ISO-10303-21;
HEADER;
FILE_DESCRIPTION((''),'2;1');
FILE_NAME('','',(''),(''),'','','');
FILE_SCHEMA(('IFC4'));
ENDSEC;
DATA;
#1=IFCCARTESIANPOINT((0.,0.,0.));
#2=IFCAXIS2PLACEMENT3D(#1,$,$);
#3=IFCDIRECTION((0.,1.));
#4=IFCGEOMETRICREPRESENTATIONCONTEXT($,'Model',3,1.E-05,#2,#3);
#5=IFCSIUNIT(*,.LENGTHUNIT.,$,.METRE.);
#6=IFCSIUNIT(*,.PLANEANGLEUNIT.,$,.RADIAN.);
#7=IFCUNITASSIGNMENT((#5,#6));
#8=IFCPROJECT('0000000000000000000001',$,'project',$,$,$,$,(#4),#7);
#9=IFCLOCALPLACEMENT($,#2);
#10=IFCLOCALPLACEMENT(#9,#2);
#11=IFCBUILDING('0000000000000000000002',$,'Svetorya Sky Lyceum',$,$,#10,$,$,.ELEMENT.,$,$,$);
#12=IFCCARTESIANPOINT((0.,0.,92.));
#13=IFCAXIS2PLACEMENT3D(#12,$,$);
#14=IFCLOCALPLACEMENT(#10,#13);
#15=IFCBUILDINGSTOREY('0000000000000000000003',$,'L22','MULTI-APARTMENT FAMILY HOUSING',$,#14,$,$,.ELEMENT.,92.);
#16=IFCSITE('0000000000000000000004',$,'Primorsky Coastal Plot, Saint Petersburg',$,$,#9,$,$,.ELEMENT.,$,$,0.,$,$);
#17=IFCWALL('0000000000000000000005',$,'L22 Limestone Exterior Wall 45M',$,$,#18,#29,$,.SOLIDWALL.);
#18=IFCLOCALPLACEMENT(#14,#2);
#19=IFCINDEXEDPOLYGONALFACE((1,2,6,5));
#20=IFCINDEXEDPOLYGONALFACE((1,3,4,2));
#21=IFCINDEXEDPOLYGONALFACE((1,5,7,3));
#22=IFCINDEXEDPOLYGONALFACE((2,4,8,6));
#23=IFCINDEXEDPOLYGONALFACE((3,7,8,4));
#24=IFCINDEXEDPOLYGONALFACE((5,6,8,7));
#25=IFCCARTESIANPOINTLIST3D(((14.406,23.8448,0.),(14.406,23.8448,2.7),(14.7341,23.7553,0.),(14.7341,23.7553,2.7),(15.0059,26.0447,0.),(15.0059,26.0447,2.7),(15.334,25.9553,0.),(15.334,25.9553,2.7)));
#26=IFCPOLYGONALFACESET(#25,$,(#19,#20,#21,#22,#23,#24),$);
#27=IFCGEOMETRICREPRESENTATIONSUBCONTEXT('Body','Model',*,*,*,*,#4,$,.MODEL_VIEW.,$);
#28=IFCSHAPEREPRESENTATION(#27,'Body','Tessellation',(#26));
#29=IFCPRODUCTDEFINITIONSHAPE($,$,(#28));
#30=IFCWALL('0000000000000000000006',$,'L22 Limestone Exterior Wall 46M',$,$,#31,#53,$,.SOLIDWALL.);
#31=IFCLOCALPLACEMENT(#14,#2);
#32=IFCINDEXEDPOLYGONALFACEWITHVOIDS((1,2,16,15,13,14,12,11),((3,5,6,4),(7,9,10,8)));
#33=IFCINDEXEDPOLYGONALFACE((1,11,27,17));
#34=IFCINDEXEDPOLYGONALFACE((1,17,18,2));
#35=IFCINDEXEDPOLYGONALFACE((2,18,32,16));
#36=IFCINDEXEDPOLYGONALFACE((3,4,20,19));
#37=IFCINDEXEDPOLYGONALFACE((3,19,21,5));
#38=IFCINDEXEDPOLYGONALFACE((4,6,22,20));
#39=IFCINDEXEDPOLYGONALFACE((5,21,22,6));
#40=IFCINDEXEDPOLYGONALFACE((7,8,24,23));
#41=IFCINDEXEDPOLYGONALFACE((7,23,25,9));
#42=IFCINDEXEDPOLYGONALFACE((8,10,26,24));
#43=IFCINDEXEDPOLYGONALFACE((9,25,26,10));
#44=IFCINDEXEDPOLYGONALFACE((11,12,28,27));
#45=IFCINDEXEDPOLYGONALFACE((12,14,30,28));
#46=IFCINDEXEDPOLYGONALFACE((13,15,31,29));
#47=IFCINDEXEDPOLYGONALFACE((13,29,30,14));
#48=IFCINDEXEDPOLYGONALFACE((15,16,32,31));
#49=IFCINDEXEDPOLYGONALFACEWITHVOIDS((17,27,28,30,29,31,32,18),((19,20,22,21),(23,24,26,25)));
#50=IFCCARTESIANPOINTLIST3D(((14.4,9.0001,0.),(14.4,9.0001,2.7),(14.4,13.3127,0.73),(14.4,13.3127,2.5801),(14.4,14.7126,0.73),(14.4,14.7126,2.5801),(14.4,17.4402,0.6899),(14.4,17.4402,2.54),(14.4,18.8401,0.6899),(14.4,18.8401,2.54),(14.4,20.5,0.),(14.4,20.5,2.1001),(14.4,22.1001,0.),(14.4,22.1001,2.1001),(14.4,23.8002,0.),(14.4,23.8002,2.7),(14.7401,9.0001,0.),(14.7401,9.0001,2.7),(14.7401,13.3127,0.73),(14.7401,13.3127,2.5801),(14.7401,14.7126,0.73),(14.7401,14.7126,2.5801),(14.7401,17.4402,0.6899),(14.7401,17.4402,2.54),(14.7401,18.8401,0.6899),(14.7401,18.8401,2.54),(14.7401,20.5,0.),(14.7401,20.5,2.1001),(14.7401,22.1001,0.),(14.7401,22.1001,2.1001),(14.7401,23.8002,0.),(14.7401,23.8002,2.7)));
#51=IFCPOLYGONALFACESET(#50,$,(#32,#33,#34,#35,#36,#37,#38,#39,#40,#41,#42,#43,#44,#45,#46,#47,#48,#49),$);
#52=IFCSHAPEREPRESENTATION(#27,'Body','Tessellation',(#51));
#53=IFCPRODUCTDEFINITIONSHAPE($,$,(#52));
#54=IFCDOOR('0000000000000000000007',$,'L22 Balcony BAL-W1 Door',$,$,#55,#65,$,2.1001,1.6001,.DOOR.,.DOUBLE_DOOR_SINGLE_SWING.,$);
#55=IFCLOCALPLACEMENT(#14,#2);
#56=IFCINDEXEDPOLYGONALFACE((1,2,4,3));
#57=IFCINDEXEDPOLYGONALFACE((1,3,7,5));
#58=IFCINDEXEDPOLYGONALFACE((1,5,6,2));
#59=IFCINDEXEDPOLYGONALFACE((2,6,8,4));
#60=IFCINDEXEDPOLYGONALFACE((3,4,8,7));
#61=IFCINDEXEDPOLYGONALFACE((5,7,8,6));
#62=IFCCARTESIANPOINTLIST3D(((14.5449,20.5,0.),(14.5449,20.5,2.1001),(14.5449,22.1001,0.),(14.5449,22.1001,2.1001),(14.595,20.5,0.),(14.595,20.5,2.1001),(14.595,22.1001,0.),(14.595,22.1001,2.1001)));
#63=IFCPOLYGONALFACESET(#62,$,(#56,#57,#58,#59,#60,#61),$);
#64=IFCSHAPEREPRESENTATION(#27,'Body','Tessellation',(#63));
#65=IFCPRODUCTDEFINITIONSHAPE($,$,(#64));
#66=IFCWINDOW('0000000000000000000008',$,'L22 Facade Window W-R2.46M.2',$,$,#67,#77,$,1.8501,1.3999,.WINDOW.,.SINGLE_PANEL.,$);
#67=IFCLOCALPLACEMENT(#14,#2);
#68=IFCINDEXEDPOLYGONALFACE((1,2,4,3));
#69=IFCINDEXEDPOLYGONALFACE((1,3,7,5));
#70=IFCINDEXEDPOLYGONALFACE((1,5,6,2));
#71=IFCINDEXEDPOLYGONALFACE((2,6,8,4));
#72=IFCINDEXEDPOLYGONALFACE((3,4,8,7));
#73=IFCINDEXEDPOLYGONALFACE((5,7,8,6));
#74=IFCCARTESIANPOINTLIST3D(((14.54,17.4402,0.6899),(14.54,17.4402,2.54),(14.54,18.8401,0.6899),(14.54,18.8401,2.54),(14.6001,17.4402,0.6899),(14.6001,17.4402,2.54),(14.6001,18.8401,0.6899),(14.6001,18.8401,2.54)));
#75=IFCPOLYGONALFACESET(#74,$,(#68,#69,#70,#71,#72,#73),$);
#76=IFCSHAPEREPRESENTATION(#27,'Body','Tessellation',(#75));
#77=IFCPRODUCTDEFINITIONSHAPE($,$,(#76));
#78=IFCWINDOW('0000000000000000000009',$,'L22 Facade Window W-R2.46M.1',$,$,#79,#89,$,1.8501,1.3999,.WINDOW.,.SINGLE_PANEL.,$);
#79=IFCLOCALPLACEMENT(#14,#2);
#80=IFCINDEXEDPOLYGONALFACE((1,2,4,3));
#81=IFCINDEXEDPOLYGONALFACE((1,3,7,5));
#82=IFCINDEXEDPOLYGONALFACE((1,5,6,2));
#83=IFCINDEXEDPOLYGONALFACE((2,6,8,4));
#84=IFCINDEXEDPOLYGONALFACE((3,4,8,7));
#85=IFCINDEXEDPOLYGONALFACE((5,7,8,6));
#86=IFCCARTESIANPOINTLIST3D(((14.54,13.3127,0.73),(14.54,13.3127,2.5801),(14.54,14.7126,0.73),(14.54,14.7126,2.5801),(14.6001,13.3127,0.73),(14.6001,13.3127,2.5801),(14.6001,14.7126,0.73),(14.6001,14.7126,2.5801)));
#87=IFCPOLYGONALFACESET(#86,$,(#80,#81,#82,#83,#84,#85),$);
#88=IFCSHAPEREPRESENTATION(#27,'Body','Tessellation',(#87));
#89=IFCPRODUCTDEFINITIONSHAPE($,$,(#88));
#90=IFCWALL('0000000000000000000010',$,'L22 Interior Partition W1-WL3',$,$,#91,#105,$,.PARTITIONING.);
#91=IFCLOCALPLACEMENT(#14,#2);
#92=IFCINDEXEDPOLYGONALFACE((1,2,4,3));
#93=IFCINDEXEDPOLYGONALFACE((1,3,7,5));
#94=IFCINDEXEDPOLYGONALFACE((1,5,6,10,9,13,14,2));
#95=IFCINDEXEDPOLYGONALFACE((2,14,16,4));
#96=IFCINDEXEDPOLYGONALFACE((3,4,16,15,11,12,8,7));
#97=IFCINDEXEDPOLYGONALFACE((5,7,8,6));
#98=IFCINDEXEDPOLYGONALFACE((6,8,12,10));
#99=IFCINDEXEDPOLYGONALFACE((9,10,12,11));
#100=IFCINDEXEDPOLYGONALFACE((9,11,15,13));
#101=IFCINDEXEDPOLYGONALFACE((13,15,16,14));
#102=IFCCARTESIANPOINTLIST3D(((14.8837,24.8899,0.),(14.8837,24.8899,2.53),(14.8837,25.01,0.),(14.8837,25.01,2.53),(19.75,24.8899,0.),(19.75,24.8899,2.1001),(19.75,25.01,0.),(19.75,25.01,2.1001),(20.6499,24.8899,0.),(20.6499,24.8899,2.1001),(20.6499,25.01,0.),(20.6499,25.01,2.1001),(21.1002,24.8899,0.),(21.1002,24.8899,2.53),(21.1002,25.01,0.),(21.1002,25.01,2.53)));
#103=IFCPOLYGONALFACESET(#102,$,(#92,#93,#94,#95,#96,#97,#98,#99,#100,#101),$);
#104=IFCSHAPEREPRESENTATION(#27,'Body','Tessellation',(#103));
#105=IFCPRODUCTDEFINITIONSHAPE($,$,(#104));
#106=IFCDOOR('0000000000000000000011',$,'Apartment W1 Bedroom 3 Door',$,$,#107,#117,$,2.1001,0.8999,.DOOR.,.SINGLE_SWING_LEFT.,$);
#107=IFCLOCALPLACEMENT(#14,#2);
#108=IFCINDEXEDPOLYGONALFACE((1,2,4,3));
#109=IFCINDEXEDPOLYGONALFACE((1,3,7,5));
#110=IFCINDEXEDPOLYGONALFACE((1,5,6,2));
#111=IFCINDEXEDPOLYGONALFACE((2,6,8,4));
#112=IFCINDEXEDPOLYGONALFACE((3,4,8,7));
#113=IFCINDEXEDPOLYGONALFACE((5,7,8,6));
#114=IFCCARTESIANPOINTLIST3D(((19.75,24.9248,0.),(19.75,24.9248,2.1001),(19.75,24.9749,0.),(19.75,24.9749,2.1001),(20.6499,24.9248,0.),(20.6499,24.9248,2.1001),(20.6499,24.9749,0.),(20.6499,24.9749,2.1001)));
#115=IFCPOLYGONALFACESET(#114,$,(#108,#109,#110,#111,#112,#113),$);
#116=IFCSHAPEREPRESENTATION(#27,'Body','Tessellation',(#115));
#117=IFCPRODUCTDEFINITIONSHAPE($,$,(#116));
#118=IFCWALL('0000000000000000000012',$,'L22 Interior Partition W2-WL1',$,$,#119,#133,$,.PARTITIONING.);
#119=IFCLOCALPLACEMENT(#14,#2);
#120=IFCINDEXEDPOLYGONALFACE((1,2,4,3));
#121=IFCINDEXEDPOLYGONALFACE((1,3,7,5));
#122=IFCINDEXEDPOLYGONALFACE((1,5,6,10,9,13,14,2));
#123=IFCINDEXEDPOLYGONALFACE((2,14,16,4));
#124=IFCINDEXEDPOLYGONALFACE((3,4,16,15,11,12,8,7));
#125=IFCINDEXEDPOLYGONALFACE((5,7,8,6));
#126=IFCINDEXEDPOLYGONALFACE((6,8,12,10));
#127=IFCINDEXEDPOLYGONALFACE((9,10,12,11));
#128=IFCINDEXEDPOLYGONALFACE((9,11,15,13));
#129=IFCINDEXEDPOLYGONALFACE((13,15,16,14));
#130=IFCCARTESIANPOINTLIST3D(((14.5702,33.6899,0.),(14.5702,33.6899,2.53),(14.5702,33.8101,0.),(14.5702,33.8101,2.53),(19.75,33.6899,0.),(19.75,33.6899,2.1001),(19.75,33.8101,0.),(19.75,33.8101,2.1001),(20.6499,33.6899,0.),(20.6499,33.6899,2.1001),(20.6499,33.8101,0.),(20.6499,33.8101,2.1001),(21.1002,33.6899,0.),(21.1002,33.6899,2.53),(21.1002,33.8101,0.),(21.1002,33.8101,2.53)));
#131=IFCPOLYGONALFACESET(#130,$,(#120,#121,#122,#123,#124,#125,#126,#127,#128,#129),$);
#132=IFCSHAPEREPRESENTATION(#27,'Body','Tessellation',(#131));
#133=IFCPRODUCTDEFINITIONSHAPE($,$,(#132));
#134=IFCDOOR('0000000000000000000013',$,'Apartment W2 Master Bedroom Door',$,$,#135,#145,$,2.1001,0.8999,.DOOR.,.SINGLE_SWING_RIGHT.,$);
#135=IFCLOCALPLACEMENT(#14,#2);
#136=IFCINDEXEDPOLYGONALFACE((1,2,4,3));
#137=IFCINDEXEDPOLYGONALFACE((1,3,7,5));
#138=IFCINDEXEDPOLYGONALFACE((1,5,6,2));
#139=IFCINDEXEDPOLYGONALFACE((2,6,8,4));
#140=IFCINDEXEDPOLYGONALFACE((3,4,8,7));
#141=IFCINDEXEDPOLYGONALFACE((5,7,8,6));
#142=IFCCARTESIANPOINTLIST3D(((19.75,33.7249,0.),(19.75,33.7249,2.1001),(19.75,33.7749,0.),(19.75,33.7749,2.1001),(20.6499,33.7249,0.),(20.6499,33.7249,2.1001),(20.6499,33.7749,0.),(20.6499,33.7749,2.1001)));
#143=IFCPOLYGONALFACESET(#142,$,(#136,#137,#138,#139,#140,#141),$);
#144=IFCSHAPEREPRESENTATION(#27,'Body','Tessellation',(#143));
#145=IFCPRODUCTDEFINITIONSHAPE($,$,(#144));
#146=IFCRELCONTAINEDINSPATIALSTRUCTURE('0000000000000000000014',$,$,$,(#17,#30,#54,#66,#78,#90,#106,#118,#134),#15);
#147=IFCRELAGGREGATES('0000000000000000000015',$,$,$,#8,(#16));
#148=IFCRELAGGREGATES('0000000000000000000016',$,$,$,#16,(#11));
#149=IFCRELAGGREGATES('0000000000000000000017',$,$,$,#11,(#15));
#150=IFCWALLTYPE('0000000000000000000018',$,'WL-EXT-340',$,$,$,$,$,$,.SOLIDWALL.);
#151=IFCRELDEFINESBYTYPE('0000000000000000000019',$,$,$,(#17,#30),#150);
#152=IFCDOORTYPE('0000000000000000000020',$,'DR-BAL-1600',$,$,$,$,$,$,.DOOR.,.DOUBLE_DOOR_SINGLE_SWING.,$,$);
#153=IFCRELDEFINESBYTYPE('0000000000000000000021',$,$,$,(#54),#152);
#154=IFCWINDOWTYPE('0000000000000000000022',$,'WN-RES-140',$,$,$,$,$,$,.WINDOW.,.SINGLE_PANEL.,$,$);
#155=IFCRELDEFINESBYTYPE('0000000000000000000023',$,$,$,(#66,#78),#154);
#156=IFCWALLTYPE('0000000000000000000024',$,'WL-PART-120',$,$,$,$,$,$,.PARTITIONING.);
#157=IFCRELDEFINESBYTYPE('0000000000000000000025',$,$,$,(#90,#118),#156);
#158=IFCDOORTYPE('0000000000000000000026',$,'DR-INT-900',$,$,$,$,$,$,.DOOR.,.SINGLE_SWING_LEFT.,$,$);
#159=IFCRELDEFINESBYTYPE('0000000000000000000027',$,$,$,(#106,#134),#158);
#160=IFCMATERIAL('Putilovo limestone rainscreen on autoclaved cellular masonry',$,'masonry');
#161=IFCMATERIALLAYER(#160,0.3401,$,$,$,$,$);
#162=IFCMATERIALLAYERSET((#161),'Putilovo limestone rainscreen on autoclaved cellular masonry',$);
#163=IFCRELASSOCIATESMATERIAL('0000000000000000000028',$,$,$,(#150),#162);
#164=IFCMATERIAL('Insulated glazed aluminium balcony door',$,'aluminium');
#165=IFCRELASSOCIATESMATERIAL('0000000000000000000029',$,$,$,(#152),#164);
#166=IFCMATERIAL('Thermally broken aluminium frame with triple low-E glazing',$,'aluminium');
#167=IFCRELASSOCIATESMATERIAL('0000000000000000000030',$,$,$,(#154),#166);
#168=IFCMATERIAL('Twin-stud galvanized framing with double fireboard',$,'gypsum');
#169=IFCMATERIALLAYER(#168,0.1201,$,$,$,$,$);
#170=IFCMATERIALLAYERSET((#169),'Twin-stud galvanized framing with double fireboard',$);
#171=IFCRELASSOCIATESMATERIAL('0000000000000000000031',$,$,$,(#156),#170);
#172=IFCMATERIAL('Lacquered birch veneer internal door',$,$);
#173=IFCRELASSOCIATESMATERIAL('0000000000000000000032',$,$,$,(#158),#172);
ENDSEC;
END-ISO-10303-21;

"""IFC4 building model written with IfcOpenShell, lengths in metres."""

from ifc_helpers import new_model, si_unit, direction, frame, frame_2d, origin, place, context, subcontext, project, spatial, rectangle, extrude, material, layer, layer_set, type_object, element, fill, save


model = new_model("IFC4")

# Units and contexts
model_context = context("Model", 3, precision=1e-05, world=origin(), true_north=direction((0.0, 1.0)))
body_context = subcontext(model_context, "Body", "Model", "MODEL_VIEW")
ifc_project = project(units=[si_unit("LENGTHUNIT", "METRE"), si_unit("PLANEANGLEUNIT", "RADIAN")], contexts=[model_context])

# Site, building, storey
site_placement = place(None, origin())
site = spatial("IfcSite", under=ifc_project, at=site_placement, Name="Primorsky Coastal Plot, Saint Petersburg", CompositionType="ELEMENT", RefElevation=0.0)
building_placement = place(site_placement, origin())
building = spatial("IfcBuilding", under=site, at=building_placement, Name="Svetorya Sky Lyceum", CompositionType="ELEMENT")
storey_placement = place(building_placement, frame((0.0, 0.0, 92.0)))
storey = spatial("IfcBuildingStorey", under=building, at=storey_placement, Name="L22", Description="MULTI-APARTMENT FAMILY HOUSING", CompositionType="ELEMENT", Elevation=92.0)

# Shared definitions
ifc_material_1 = material(Name="Putilovo limestone rainscreen on autoclaved cellular masonry", Category="masonry")
ifc_layer_1 = layer(ifc_material_1, 0.3401)
ifc_layer_set_1 = layer_set([ifc_layer_1], Name="Putilovo limestone rainscreen on autoclaved cellular masonry")
wall_type_1 = type_object("IfcWallType", Name="WL-EXT-340", PredefinedType="SOLIDWALL", material=ifc_layer_set_1)
ifc_material_2 = material(Name="Thermally broken aluminium frame with triple low-E glazing", Category="aluminium")

# Wall
wall_1_placement = place(storey_placement, frame((15.1699, 26.0, 0.0), z_axis=(0.0, 0.0, 1.0), x_axis=(-0.263063, -0.964779, 0.0)))
element("IfcWall", 1, at=wall_1_placement, inside=storey, type_object=wall_type_1, Name="L22 Limestone Exterior Wall 45M", PredefinedType="SOLIDWALL", context=body_context, shape_type="SweptSolid", body=[
    extrude(rectangle(XDim=2.2803, YDim=0.3401, at=frame_2d((1.1401, 0.0))), origin(), (0.0, 0.0, 1.0), 2.7),
])

# Wall, openings, door, windows
wall_2_placement = place(storey_placement, frame((14.5701, 23.8, 0.0), z_axis=(0.0, 0.0, 1.0), x_axis=(0.0, -1.0, 0.0)))
wall_2 = element("IfcWall", 2, at=wall_2_placement, inside=storey, type_object=wall_type_1, Name="L22 Limestone Exterior Wall 46M", PredefinedType="SOLIDWALL", context=body_context, shape_type="SweptSolid", body=[
    extrude(rectangle(XDim=14.8, YDim=0.3401, at=frame_2d((7.3999, 0.0))), origin(), (0.0, 0.0, 1.0), 2.7),
])
opening_1_placement = place(wall_2_placement, frame((1.7, 0.0, 0.0)))
opening_1 = element("IfcOpeningElement", 3, at=opening_1_placement, cuts=wall_2, PredefinedType="OPENING", context=body_context, shape_type="SweptSolid", body=[
    extrude(rectangle(XDim=1.6001, YDim=2.1001, at=frame_2d((0.8, 1.05))), frame((0.0, 0.1799, 0.0), z_axis=(0.0, -1.0, 0.0), x_axis=(1.0, 0.0, 0.0)), (0.0, 0.0, 1.0), 0.3601),
])
opening_2_placement = place(wall_2_placement, frame((4.96, 0.0, 0.6899)))
opening_2 = element("IfcOpeningElement", 4, at=opening_2_placement, cuts=wall_2, PredefinedType="OPENING", context=body_context, shape_type="SweptSolid", body=[
    extrude(rectangle(XDim=1.3999, YDim=1.8501, at=frame_2d((0.7, 0.925))), frame((0.0, 0.1799, 0.0), z_axis=(0.0, -1.0, 0.0), x_axis=(1.0, 0.0, 0.0)), (0.0, 0.0, 1.0), 0.3601),
])
opening_3_placement = place(wall_2_placement, frame((9.0874, 0.0, 0.73)))
opening_3 = element("IfcOpeningElement", 5, at=opening_3_placement, cuts=wall_2, PredefinedType="OPENING", context=body_context, shape_type="SweptSolid", body=[
    extrude(rectangle(XDim=1.3999, YDim=1.8501, at=frame_2d((0.7, 0.925))), frame((0.0, 0.1799, 0.0), z_axis=(0.0, -1.0, 0.0), x_axis=(1.0, 0.0, 0.0)), (0.0, 0.0, 1.0), 0.3601),
])
ifc_material_3 = material(Name="Insulated glazed aluminium balcony door", Category="aluminium")
door_type_1 = type_object("IfcDoorType", Name="DR-BAL-1600", OperationType="DOUBLE_DOOR_SINGLE_SWING", PredefinedType="DOOR", material=ifc_material_3)
door_1_placement = place(opening_1_placement, origin())
door_1 = element("IfcDoor", 6, at=door_1_placement, inside=storey, type_object=door_type_1, Name="L22 Balcony BAL-W1 Door", OperationType="DOUBLE_DOOR_SINGLE_SWING", OverallHeight=2.1001, OverallWidth=1.6001, PredefinedType="DOOR", context=body_context, shape_type="SweptSolid", body=[
    extrude(rectangle(XDim=1.6001, YDim=2.1001, at=frame_2d((0.8, 1.05))), frame((0.0, 0.0249, 0.0), z_axis=(0.0, -1.0, 0.0), x_axis=(1.0, 0.0, 0.0)), (0.0, 0.0, 1.0), 0.05),
])
fill(opening_1, door_1)
window_type_1 = type_object("IfcWindowType", Name="WN-RES-140", PartitioningType="SINGLE_PANEL", PredefinedType="WINDOW", material=ifc_material_2)
window_1_placement = place(opening_2_placement, origin())
window_1 = element("IfcWindow", 7, at=window_1_placement, inside=storey, type_object=window_type_1, Name="L22 Facade Window W-R2.46M.2", OverallHeight=1.8501, OverallWidth=1.3999, PartitioningType="SINGLE_PANEL", PredefinedType="WINDOW", context=body_context, shape_type="SweptSolid", body=[
    extrude(rectangle(XDim=1.3999, YDim=1.8501, at=frame_2d((0.7, 0.925))), frame((0.0, 0.03, 0.0), z_axis=(0.0, -1.0, 0.0), x_axis=(1.0, 0.0, 0.0)), (0.0, 0.0, 1.0), 0.0601),
])
fill(opening_2, window_1)
window_2_placement = place(opening_3_placement, origin())
window_2 = element("IfcWindow", 8, at=window_2_placement, inside=storey, type_object=window_type_1, Name="L22 Facade Window W-R2.46M.1", OverallHeight=1.8501, OverallWidth=1.3999, PartitioningType="SINGLE_PANEL", PredefinedType="WINDOW", context=body_context, shape_type="SweptSolid", body=[
    extrude(rectangle(XDim=1.3999, YDim=1.8501, at=frame_2d((0.7, 0.925))), frame((0.0, 0.03, 0.0), z_axis=(0.0, -1.0, 0.0), x_axis=(1.0, 0.0, 0.0)), (0.0, 0.0, 1.0), 0.0601),
])
fill(opening_3, window_2)

# Walls, openings, doors
ifc_material_4 = material(Name="Twin-stud galvanized framing with double fireboard", Category="gypsum")
ifc_layer_2 = layer(ifc_material_4, 0.1201)
ifc_layer_set_2 = layer_set([ifc_layer_2], Name="Twin-stud galvanized framing with double fireboard")
wall_type_2 = type_object("IfcWallType", Name="WL-PART-120", PredefinedType="PARTITIONING", material=ifc_layer_set_2)
wall_3_placement = place(storey_placement, frame((14.8835, 24.95, 0.0), z_axis=(0.0, 0.0, 1.0), x_axis=(1.0, 0.0, 0.0)))
wall_3 = element("IfcWall", 9, at=wall_3_placement, inside=storey, type_object=wall_type_2, Name="L22 Interior Partition W1-WL3", PredefinedType="PARTITIONING", context=body_context, shape_type="SweptSolid", body=[
    extrude(rectangle(XDim=6.2166, YDim=0.1201, at=frame_2d((3.1084, 0.0))), origin(), (0.0, 0.0, 1.0), 2.53),
])
opening_4_placement = place(wall_3_placement, frame((4.8665, 0.0, 0.0)))
opening_4 = element("IfcOpeningElement", 10, at=opening_4_placement, cuts=wall_3, PredefinedType="OPENING", context=body_context, shape_type="SweptSolid", body=[
    extrude(rectangle(XDim=0.8999, YDim=2.1001, at=frame_2d((0.45, 1.05))), frame((0.0, 0.0701, 0.0), z_axis=(0.0, -1.0, 0.0), x_axis=(1.0, 0.0, 0.0)), (0.0, 0.0, 1.0), 0.1401),
])
ifc_material_5 = material(Name="Lacquered birch veneer internal door")
door_type_2 = type_object("IfcDoorType", Name="DR-INT-900", OperationType="SINGLE_SWING_LEFT", PredefinedType="DOOR", material=ifc_material_5)
door_2_placement = place(opening_4_placement, origin())
door_2 = element("IfcDoor", 11, at=door_2_placement, inside=storey, type_object=door_type_2, Name="Apartment W1 Bedroom 3 Door", OperationType="SINGLE_SWING_LEFT", OverallHeight=2.1001, OverallWidth=0.8999, PredefinedType="DOOR", context=body_context, shape_type="SweptSolid", body=[
    extrude(rectangle(XDim=0.8999, YDim=2.1001, at=frame_2d((0.45, 1.05))), frame((0.0, 0.0249, 0.0), z_axis=(0.0, -1.0, 0.0), x_axis=(1.0, 0.0, 0.0)), (0.0, 0.0, 1.0), 0.05),
])
fill(opening_4, door_2)
wall_4_placement = place(storey_placement, frame((14.5701, 33.75, 0.0), z_axis=(0.0, 0.0, 1.0), x_axis=(1.0, 0.0, 0.0)))
wall_4 = element("IfcWall", 12, at=wall_4_placement, inside=storey, type_object=wall_type_2, Name="L22 Interior Partition W2-WL1", PredefinedType="PARTITIONING", context=body_context, shape_type="SweptSolid", body=[
    extrude(rectangle(XDim=6.53, YDim=0.1201, at=frame_2d((3.2651, 0.0))), origin(), (0.0, 0.0, 1.0), 2.53),
])
opening_5_placement = place(wall_4_placement, frame((5.1799, 0.0, 0.0)))
opening_5 = element("IfcOpeningElement", 13, at=opening_5_placement, cuts=wall_4, PredefinedType="OPENING", context=body_context, shape_type="SweptSolid", body=[
    extrude(rectangle(XDim=0.8999, YDim=2.1001, at=frame_2d((0.45, 1.05))), frame((0.0, 0.0701, 0.0), z_axis=(0.0, -1.0, 0.0), x_axis=(1.0, 0.0, 0.0)), (0.0, 0.0, 1.0), 0.1401),
])
door_3_placement = place(opening_5_placement, origin())
door_3 = element("IfcDoor", 14, at=door_3_placement, inside=storey, type_object=door_type_2, Name="Apartment W2 Master Bedroom Door", OperationType="SINGLE_SWING_RIGHT", OverallHeight=2.1001, OverallWidth=0.8999, PredefinedType="DOOR", context=body_context, shape_type="SweptSolid", body=[
    extrude(rectangle(XDim=0.8999, YDim=2.1001, at=frame_2d((0.45, 1.05))), frame((0.0, 0.0249, 0.0), z_axis=(0.0, -1.0, 0.0), x_axis=(1.0, 0.0, 0.0)), (0.0, 0.0, 1.0), 0.05),
])
fill(opening_5, door_3)

save(model, "model.ifc")
